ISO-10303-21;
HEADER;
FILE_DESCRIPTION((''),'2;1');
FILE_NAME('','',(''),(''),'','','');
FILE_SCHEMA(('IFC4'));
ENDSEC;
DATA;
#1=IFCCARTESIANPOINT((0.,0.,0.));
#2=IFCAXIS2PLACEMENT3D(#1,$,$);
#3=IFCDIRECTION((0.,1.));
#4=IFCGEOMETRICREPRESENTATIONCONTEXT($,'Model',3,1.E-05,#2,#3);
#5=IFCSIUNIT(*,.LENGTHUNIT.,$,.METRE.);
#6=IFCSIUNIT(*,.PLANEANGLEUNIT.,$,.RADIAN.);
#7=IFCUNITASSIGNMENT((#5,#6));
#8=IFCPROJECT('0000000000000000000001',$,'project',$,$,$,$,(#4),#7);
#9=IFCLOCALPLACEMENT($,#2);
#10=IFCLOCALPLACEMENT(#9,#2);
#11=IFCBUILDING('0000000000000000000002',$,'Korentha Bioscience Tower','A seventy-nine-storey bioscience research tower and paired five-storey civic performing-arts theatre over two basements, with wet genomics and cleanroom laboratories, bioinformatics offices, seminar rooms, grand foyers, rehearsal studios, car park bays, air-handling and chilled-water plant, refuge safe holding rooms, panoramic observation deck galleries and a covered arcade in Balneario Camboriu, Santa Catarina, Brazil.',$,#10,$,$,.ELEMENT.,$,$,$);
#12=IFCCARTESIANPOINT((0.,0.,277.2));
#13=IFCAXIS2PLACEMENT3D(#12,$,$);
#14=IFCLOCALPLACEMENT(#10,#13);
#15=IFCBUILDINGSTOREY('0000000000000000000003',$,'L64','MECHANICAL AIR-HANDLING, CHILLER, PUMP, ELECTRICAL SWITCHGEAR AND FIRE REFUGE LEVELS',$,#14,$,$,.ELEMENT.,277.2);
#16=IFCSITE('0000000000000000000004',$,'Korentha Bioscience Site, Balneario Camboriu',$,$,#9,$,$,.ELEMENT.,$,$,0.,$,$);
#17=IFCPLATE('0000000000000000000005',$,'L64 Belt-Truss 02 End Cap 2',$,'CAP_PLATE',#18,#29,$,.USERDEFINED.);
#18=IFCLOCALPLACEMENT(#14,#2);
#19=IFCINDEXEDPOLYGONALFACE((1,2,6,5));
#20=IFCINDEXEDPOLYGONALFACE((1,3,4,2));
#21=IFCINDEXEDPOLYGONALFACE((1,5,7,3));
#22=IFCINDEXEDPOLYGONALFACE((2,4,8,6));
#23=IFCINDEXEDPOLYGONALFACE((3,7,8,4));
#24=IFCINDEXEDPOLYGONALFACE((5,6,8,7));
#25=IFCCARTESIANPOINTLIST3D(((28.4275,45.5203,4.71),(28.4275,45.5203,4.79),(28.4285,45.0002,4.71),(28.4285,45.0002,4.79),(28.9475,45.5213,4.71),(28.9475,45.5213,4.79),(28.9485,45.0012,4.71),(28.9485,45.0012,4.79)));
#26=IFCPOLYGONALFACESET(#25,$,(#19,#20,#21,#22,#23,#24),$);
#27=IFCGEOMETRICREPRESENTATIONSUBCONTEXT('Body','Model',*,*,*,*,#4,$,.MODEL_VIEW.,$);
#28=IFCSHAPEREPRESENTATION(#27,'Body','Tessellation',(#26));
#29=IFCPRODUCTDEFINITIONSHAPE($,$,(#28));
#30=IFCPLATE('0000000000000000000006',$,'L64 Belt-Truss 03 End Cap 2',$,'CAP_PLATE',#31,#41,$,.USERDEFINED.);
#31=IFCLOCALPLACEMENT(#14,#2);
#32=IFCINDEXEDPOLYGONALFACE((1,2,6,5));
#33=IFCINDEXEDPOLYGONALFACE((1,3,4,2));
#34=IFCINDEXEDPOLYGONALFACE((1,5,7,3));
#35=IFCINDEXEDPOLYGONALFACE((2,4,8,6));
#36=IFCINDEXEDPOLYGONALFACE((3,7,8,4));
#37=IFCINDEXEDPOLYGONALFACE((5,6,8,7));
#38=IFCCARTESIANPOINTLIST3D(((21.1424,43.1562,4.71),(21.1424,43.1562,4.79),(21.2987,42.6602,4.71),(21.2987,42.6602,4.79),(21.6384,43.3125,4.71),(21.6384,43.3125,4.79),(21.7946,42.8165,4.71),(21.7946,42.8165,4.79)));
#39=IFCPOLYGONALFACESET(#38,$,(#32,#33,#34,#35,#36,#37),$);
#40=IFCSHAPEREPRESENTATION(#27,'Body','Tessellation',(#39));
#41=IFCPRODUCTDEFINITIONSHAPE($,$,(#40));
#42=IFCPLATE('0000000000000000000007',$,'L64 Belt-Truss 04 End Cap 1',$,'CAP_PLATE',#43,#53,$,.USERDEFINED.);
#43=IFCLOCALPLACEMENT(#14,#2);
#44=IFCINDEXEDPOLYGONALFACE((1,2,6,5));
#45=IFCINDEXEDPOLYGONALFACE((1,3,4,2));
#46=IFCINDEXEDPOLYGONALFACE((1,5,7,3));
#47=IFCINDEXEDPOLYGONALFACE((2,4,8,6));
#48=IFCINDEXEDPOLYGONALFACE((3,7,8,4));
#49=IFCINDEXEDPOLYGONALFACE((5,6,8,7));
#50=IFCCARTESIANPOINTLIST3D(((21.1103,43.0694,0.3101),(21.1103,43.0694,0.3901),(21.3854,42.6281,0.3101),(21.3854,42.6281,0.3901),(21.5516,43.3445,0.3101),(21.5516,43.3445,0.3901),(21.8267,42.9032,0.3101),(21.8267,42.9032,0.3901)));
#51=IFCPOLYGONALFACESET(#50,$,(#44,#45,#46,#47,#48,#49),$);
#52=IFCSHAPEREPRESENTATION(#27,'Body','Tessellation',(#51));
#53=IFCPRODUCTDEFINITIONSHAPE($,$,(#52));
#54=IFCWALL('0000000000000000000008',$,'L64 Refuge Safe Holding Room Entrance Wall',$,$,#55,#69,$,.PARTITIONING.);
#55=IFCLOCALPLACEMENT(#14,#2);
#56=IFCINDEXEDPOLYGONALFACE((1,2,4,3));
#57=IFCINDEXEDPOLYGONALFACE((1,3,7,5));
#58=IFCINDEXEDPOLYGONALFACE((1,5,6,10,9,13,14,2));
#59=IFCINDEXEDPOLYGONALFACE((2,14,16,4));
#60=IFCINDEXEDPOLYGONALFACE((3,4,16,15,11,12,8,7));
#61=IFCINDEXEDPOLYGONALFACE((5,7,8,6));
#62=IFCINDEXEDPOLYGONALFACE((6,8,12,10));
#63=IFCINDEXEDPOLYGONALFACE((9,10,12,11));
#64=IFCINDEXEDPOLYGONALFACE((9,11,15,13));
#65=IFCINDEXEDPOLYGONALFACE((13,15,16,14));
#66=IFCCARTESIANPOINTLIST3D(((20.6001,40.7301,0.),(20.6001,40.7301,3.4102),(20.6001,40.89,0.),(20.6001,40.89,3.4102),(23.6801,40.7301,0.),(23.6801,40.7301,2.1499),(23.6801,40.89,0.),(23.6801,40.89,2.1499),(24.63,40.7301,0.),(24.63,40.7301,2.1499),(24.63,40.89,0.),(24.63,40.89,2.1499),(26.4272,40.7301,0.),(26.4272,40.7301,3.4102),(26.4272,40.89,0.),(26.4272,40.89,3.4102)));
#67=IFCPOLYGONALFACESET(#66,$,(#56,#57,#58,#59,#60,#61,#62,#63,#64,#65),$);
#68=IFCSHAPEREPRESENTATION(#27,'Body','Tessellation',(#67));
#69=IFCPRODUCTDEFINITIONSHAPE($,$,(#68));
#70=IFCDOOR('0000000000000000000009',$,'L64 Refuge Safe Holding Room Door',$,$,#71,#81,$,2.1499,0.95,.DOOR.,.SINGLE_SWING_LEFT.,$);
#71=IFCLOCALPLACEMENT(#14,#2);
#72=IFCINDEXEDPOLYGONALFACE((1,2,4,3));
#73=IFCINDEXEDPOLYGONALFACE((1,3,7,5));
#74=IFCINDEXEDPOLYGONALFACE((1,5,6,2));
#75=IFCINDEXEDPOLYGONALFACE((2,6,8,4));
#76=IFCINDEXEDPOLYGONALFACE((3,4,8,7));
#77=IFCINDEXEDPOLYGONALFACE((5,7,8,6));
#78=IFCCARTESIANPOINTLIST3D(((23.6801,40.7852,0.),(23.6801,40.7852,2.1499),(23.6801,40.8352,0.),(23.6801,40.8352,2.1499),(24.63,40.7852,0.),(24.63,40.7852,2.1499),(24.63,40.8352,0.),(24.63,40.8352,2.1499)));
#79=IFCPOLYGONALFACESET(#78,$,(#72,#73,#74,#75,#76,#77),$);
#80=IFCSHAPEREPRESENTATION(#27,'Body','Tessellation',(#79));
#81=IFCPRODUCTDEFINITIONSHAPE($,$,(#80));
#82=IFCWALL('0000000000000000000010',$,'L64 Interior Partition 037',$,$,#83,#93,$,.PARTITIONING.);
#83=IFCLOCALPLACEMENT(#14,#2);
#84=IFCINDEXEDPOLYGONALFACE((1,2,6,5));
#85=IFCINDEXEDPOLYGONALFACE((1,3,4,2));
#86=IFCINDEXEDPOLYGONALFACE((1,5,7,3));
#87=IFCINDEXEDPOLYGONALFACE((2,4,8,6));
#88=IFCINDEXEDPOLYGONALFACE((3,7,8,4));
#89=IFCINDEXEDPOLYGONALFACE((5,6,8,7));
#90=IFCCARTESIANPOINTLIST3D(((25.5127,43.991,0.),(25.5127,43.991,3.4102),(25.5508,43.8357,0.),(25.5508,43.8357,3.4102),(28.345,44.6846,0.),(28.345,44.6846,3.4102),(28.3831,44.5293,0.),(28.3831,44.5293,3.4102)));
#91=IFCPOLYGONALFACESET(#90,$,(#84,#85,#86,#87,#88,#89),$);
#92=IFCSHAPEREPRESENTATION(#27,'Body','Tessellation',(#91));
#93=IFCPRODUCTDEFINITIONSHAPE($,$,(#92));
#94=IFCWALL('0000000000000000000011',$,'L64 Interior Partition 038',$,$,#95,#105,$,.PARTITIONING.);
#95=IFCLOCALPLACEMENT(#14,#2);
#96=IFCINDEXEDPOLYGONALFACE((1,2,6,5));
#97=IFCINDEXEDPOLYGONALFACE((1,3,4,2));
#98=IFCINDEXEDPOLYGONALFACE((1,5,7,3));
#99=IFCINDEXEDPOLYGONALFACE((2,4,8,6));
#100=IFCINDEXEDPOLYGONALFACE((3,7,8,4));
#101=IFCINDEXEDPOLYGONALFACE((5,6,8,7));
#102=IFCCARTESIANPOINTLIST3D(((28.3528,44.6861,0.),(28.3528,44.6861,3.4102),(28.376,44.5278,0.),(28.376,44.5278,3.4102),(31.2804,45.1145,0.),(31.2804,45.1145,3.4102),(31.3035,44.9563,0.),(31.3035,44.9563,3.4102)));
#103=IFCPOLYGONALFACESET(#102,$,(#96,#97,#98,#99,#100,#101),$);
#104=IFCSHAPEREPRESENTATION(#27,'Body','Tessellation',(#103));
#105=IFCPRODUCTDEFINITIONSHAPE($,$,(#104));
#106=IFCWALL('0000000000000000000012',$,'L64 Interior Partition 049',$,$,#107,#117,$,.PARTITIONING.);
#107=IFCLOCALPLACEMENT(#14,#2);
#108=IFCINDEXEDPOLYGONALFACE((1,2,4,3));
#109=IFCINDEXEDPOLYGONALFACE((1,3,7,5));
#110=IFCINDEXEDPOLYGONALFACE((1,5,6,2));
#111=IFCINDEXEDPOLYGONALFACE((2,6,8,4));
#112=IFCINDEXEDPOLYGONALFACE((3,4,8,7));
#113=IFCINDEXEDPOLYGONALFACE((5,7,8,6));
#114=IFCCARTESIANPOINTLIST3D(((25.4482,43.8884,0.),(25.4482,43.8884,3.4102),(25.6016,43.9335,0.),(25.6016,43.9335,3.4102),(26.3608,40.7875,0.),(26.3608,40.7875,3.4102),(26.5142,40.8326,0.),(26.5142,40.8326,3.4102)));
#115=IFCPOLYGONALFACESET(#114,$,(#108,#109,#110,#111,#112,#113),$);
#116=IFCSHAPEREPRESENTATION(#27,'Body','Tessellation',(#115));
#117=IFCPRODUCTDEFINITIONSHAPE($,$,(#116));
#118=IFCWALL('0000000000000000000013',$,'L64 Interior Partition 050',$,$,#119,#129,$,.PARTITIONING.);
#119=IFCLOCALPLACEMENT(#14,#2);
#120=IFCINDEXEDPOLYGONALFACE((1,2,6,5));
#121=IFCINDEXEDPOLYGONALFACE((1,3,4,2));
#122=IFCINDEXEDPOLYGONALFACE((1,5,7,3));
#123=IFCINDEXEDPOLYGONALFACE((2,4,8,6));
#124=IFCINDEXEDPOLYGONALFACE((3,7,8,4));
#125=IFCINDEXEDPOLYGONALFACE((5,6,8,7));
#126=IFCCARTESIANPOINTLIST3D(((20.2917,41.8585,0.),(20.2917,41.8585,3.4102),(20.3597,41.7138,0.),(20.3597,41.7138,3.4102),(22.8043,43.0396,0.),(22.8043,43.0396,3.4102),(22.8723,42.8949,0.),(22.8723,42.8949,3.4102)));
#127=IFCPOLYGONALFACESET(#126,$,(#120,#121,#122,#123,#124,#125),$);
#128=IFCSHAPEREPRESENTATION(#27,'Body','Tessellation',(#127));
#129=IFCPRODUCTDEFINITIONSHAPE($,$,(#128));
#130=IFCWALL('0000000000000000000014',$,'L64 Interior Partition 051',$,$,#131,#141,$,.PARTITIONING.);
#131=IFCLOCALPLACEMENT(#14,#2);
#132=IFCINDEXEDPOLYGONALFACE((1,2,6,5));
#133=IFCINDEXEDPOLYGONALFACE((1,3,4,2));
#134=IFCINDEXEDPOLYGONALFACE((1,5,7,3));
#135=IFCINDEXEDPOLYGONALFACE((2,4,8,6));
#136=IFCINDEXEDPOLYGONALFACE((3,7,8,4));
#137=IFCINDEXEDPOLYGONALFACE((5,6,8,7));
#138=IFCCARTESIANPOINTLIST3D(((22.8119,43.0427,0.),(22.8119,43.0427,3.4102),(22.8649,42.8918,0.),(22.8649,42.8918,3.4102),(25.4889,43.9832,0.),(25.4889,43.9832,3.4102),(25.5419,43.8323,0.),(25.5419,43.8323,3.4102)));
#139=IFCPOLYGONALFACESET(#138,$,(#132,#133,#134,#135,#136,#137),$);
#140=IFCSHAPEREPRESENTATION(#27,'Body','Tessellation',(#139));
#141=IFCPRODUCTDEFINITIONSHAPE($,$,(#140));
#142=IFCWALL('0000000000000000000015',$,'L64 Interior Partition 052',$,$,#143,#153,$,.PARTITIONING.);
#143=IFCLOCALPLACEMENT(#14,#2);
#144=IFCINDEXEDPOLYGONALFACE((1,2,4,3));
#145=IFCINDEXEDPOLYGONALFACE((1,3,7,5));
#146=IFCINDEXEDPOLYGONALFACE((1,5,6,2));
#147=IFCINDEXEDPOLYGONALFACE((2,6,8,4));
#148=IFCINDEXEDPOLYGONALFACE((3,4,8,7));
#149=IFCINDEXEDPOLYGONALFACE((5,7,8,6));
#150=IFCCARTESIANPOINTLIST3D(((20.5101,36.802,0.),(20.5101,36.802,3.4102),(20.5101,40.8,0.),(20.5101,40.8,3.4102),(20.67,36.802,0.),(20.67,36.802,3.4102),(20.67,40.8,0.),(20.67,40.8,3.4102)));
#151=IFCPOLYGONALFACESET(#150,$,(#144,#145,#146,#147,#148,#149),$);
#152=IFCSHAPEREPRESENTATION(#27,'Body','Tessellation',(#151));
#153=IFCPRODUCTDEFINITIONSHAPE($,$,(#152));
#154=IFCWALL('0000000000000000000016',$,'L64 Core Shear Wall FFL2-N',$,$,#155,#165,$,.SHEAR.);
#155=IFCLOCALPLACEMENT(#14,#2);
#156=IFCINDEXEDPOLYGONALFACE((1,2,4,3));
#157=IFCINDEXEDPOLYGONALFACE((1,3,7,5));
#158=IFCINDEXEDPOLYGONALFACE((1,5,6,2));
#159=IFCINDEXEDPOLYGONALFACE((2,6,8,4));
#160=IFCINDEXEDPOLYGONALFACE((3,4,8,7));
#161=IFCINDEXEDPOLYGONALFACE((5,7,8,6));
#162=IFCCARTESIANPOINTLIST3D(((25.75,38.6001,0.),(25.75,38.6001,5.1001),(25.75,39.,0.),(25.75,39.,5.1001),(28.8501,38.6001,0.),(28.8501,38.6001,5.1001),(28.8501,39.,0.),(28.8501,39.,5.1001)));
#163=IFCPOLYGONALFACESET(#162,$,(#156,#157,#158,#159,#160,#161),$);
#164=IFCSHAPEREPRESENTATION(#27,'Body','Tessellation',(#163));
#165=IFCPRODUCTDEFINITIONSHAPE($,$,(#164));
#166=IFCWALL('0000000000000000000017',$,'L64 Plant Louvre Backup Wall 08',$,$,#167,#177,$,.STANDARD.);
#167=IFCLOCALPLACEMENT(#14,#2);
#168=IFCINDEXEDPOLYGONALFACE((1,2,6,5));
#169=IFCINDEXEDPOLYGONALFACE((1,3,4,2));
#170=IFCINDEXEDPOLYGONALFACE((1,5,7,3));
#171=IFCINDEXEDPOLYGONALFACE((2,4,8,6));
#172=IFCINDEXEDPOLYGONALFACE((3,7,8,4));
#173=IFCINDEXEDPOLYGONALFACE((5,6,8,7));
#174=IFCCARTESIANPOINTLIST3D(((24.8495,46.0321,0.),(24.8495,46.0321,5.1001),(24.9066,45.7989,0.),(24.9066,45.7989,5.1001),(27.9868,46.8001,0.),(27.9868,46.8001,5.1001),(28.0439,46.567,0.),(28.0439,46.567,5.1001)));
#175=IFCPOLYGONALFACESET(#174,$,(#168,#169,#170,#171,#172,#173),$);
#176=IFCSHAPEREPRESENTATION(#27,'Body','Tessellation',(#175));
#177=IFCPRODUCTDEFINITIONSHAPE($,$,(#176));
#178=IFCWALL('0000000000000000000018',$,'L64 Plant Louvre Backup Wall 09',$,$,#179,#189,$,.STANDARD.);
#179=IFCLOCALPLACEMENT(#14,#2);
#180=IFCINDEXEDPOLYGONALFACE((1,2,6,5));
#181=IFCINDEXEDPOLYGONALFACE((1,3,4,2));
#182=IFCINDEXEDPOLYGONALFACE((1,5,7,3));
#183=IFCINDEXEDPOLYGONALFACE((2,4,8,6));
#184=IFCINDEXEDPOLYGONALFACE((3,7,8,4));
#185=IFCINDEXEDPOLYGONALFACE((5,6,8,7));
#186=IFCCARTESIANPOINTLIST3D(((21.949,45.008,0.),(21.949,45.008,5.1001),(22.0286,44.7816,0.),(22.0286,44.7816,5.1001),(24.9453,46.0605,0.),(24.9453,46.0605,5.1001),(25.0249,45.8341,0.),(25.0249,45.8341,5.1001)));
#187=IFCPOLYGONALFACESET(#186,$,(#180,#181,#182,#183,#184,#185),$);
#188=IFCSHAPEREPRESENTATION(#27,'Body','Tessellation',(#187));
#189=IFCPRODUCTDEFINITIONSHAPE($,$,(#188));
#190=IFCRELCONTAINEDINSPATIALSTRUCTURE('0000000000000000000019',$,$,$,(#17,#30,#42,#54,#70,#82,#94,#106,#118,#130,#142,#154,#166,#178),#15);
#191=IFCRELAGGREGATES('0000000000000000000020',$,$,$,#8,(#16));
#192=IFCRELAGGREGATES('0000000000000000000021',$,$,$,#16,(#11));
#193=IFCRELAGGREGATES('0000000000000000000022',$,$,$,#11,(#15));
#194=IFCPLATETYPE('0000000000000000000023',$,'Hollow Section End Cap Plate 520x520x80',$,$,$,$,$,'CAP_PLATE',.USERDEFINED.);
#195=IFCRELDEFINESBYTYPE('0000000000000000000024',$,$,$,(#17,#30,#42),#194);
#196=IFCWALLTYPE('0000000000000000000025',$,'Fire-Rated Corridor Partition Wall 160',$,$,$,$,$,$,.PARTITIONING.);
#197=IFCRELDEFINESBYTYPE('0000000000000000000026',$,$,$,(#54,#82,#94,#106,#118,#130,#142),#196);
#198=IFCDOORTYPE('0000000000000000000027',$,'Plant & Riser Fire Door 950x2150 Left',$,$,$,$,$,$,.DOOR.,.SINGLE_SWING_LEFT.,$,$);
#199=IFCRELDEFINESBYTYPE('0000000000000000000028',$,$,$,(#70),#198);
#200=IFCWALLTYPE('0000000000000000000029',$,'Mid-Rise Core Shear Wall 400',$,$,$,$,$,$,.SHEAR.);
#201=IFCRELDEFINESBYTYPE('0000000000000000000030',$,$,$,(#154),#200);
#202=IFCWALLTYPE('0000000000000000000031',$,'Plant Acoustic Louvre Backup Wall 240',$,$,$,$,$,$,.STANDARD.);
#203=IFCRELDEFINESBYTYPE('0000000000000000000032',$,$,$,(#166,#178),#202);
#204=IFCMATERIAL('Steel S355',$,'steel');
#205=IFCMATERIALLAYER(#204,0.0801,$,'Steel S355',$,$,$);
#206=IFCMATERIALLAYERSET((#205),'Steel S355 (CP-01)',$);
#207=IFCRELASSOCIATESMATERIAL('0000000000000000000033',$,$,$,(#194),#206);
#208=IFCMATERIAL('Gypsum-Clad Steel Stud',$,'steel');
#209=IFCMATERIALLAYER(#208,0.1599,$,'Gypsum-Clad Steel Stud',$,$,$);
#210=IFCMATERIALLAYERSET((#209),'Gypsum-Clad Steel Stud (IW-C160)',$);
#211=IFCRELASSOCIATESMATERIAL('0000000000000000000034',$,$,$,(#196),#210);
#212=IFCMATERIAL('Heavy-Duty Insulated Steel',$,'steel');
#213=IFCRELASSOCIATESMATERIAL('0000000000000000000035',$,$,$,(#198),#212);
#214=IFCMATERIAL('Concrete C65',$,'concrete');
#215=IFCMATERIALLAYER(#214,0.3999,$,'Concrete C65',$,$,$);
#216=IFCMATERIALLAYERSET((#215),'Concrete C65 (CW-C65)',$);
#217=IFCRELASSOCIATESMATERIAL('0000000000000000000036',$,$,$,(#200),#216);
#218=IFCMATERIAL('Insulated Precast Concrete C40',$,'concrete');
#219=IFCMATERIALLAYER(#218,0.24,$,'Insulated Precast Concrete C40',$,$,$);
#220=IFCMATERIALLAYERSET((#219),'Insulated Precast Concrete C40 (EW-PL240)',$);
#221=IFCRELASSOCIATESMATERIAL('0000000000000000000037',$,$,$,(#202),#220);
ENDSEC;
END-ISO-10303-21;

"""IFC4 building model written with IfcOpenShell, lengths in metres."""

from ifc_helpers import new_model, si_unit, direction, frame, frame_2d, origin, origin_2d, place, context, subcontext, project, spatial, rectangle, extrude, material, layer, layer_set, type_object, element, fill, save


model = new_model("IFC4")

# Units and contexts
model_context = context("Model", 3, precision=1e-05, world=origin(), true_north=direction((0.0, 1.0)))
body_context = subcontext(model_context, "Body", "Model", "MODEL_VIEW")
ifc_project = project(units=[si_unit("LENGTHUNIT", "METRE"), si_unit("PLANEANGLEUNIT", "RADIAN")], contexts=[model_context])

# Site, building, storey
site_placement = place(None, origin())
site = spatial("IfcSite", under=ifc_project, at=site_placement, Name="Korentha Bioscience Site, Balneario Camboriu", CompositionType="ELEMENT", RefElevation=0.0)
building_placement = place(site_placement, origin())
building = spatial("IfcBuilding", under=site, at=building_placement, Name="Korentha Bioscience Tower", Description="A seventy-nine-storey bioscience research tower and paired five-storey civic performing-arts theatre over two basements, with wet genomics and cleanroom laboratories, bioinformatics offices, seminar rooms, grand foyers, rehearsal studios, car park bays, air-handling and chilled-water plant, refuge safe holding rooms, panoramic observation deck galleries and a covered arcade in Balneario Camboriu, Santa Catarina, Brazil.", CompositionType="ELEMENT")
storey_placement = place(building_placement, frame((0.0, 0.0, 277.2)))
storey = spatial("IfcBuildingStorey", under=building, at=storey_placement, Name="L64", Description="MECHANICAL AIR-HANDLING, CHILLER, PUMP, ELECTRICAL SWITCHGEAR AND FIRE REFUGE LEVELS", CompositionType="ELEMENT", Elevation=277.2)

# Shared definitions
ifc_material_1 = material(Name="Steel S355", Category="steel")

# Plates
ifc_layer_1 = layer(ifc_material_1, 0.0801, Name="Steel S355")
ifc_layer_set_1 = layer_set([ifc_layer_1], Name="Steel S355 (CP-01)")
plate_type_1 = type_object("IfcPlateType", Name="Hollow Section End Cap Plate 520x520x80", ElementType="CAP_PLATE", PredefinedType="USERDEFINED", material=ifc_layer_set_1)
for number, where, z_axis, x_axis, name in (
    (1, (28.688, 45.2607, 4.71), (0.0, 0.0, 1.0), (0.999998, 0.00192, 0.0), "L64 Belt-Truss 02 End Cap 2"),
    (2, (21.4685, 42.9863, 4.71), (0.0, 0.0, 1.0), (0.953769, 0.300539, 0.0), "L64 Belt-Truss 03 End Cap 2"),
    (3, (21.4685, 42.9863, 0.3101), (0.0, 0.0, 1.0), (0.848603, 0.529031, 0.0), "L64 Belt-Truss 04 End Cap 1"),
):
    element("IfcPlate", number, at=place(storey_placement, frame(where, z_axis=z_axis, x_axis=x_axis)), inside=storey, type_object=plate_type_1, Name=name, ObjectType="CAP_PLATE", PredefinedType="USERDEFINED", context=body_context, shape_type="SweptSolid", body=[
        extrude(rectangle(XDim=0.52, YDim=0.52, at=origin_2d()), origin(), (0.0, 0.0, 1.0), 0.0801),
    ])

# Wall, opening, door
ifc_material_2 = material(Name="Gypsum-Clad Steel Stud", Category="steel")
ifc_layer_2 = layer(ifc_material_2, 0.1599, Name="Gypsum-Clad Steel Stud")
ifc_layer_set_2 = layer_set([ifc_layer_2], Name="Gypsum-Clad Steel Stud (IW-C160)")
wall_type_1 = type_object("IfcWallType", Name="Fire-Rated Corridor Partition Wall 160", PredefinedType="PARTITIONING", material=ifc_layer_set_2)
wall_1_placement = place(storey_placement, frame((26.4272, 40.8101, 0.0), z_axis=(0.0, 0.0, 1.0), x_axis=(-1.0, 0.0, 0.0)))
wall_1 = element("IfcWall", 4, at=wall_1_placement, inside=storey, type_object=wall_type_1, Name="L64 Refuge Safe Holding Room Entrance Wall", PredefinedType="PARTITIONING", context=body_context, shape_type="SweptSolid", body=[
    extrude(rectangle(XDim=5.8271, YDim=0.1599, at=frame_2d((2.9136, 0.0))), origin(), (0.0, 0.0, 1.0), 3.4102),
])
opening_placement = place(wall_1_placement, frame((1.7971, 0.0, 0.0)))
opening = element("IfcOpeningElement", 5, at=opening_placement, cuts=wall_1, PredefinedType="OPENING", context=body_context, shape_type="SweptSolid", body=[
    extrude(rectangle(XDim=0.95, YDim=2.1499, at=frame_2d((0.4751, 1.075))), frame((0.0, 0.0947, 0.0), z_axis=(0.0, -1.0, 0.0), x_axis=(1.0, 0.0, 0.0)), (0.0, 0.0, 1.0), 0.1897),
])
ifc_material_3 = material(Name="Heavy-Duty Insulated Steel", Category="steel")
door_type = type_object("IfcDoorType", Name="Plant & Riser Fire Door 950x2150 Left", OperationType="SINGLE_SWING_LEFT", PredefinedType="DOOR", material=ifc_material_3)
door_placement = place(opening_placement, origin())
door = element("IfcDoor", 6, at=door_placement, inside=storey, type_object=door_type, Name="L64 Refuge Safe Holding Room Door", OperationType="SINGLE_SWING_LEFT", OverallHeight=2.1499, OverallWidth=0.95, PredefinedType="DOOR", context=body_context, shape_type="SweptSolid", body=[
    extrude(rectangle(XDim=0.95, YDim=2.1499, at=frame_2d((0.4751, 1.075))), frame((0.0, 0.0249, 0.0), z_axis=(0.0, -1.0, 0.0), x_axis=(1.0, 0.0, 0.0)), (0.0, 0.0, 1.0), 0.05),
])
fill(opening, door)

# Walls
wall_2_placement = place(storey_placement, frame((25.5317, 43.9133, 0.0), z_axis=(0.0, 0.0, 1.0), x_axis=(0.971298, 0.237864, 0.0)))
element("IfcWall", 7, at=wall_2_placement, inside=storey, type_object=wall_type_1, Name="L64 Interior Partition 037", PredefinedType="PARTITIONING", context=body_context, shape_type="SweptSolid", body=[
    extrude(rectangle(XDim=2.916, YDim=0.1599, at=frame_2d((1.458, 0.0))), origin(), (0.0, 0.0, 1.0), 3.4102),
])
wall_3_placement = place(storey_placement, frame((28.3643, 44.6069, 0.0), z_axis=(0.0, 0.0, 1.0), x_axis=(0.989458, 0.144817, 0.0)))
element("IfcWall", 8, at=wall_3_placement, inside=storey, type_object=wall_type_1, Name="L64 Interior Partition 038", PredefinedType="PARTITIONING", context=body_context, shape_type="SweptSolid", body=[
    extrude(rectangle(XDim=2.9587, YDim=0.1599, at=frame_2d((1.4795, 0.0))), origin(), (0.0, 0.0, 1.0), 3.4102),
])
wall_4_placement = place(storey_placement, frame((26.4375, 40.8101, 0.0), z_axis=(0.0, 0.0, 1.0), x_axis=(-0.282334, 0.959316, 0.0)))
element("IfcWall", 9, at=wall_4_placement, inside=storey, type_object=wall_type_1, Name="L64 Interior Partition 049", PredefinedType="PARTITIONING", context=body_context, shape_type="SweptSolid", body=[
    extrude(rectangle(XDim=3.2324, YDim=0.1599, at=frame_2d((1.6162, 0.0))), origin(), (0.0, 0.0, 1.0), 3.4102),
])
wall_5_placement = place(storey_placement, frame((20.3257, 41.7861, 0.0), z_axis=(0.0, 0.0, 1.0), x_axis=(0.904998, 0.425416, 0.0)))
element("IfcWall", 10, at=wall_5_placement, inside=storey, type_object=wall_type_1, Name="L64 Interior Partition 050", PredefinedType="PARTITIONING", context=body_context, shape_type="SweptSolid", body=[
    extrude(rectangle(XDim=2.7764, YDim=0.1599, at=frame_2d((1.3882, 0.0))), origin(), (0.0, 0.0, 1.0), 3.4102),
])
wall_6_placement = place(storey_placement, frame((22.8384, 42.9673, 0.0), z_axis=(0.0, 0.0, 1.0), x_axis=(0.943475, 0.331443, 0.0)))
element("IfcWall", 11, at=wall_6_placement, inside=storey, type_object=wall_type_1, Name="L64 Interior Partition 051", PredefinedType="PARTITIONING", context=body_context, shape_type="SweptSolid", body=[
    extrude(rectangle(XDim=2.8374, YDim=0.1599, at=frame_2d((1.4187, 0.0))), origin(), (0.0, 0.0, 1.0), 3.4102),
])
wall_7_placement = place(storey_placement, frame((20.5901, 40.8, 0.0), z_axis=(0.0, 0.0, 1.0), x_axis=(0.0, -1.0, 0.0)))
element("IfcWall", 12, at=wall_7_placement, inside=storey, type_object=wall_type_1, Name="L64 Interior Partition 052", PredefinedType="PARTITIONING", context=body_context, shape_type="SweptSolid", body=[
    extrude(rectangle(XDim=3.998, YDim=0.1599, at=frame_2d((1.999, 0.0))), origin(), (0.0, 0.0, 1.0), 3.4102),
])
ifc_material_4 = material(Name="Concrete C65", Category="concrete")
ifc_layer_3 = layer(ifc_material_4, 0.3999, Name="Concrete C65")
ifc_layer_set_3 = layer_set([ifc_layer_3], Name="Concrete C65 (CW-C65)")
wall_type_2 = type_object("IfcWallType", Name="Mid-Rise Core Shear Wall 400", PredefinedType="SHEAR", material=ifc_layer_set_3)
wall_8_placement = place(storey_placement, frame((25.75, 38.8, 0.0), z_axis=(0.0, 0.0, 1.0), x_axis=(1.0, 0.0, 0.0)))
element("IfcWall", 13, at=wall_8_placement, inside=storey, type_object=wall_type_2, Name="L64 Core Shear Wall FFL2-N", PredefinedType="SHEAR", context=body_context, shape_type="SweptSolid", body=[
    extrude(rectangle(XDim=3.1001, YDim=0.3999, at=frame_2d((1.55, 0.0))), origin(), (0.0, 0.0, 1.0), 5.1001),
])
ifc_material_5 = material(Name="Insulated Precast Concrete C40", Category="concrete")
ifc_layer_4 = layer(ifc_material_5, 0.24, Name="Insulated Precast Concrete C40")
ifc_layer_set_4 = layer_set([ifc_layer_4], Name="Insulated Precast Concrete C40 (EW-PL240)")
wall_type_3 = type_object("IfcWallType", Name="Plant Acoustic Louvre Backup Wall 240", PredefinedType="STANDARD", material=ifc_layer_set_4)
wall_9_placement = place(storey_placement, frame((28.0154, 46.6836, 0.0), z_axis=(0.0, 0.0, 1.0), x_axis=(-0.971314, -0.237802, 0.0)))
element("IfcWall", 14, at=wall_9_placement, inside=storey, type_object=wall_type_3, Name="L64 Plant Louvre Backup Wall 08", PredefinedType="STANDARD", context=body_context, shape_type="SweptSolid", body=[
    extrude(rectangle(XDim=3.23, YDim=0.24, at=frame_2d((1.615, 0.0))), origin(), (0.0, 0.0, 1.0), 5.1001),
])
wall_10_placement = place(storey_placement, frame((24.9851, 45.9473, 0.0), z_axis=(0.0, 0.0, 1.0), x_axis=(-0.943487, -0.331408, 0.0)))
element("IfcWall", 15, at=wall_10_placement, inside=storey, type_object=wall_type_3, Name="L64 Plant Louvre Backup Wall 09", PredefinedType="STANDARD", context=body_context, shape_type="SweptSolid", body=[
    extrude(rectangle(XDim=3.1758, YDim=0.24, at=frame_2d((1.5879, 0.0))), origin(), (0.0, 0.0, 1.0), 5.1001),
])

save(model, "model.ifc")
